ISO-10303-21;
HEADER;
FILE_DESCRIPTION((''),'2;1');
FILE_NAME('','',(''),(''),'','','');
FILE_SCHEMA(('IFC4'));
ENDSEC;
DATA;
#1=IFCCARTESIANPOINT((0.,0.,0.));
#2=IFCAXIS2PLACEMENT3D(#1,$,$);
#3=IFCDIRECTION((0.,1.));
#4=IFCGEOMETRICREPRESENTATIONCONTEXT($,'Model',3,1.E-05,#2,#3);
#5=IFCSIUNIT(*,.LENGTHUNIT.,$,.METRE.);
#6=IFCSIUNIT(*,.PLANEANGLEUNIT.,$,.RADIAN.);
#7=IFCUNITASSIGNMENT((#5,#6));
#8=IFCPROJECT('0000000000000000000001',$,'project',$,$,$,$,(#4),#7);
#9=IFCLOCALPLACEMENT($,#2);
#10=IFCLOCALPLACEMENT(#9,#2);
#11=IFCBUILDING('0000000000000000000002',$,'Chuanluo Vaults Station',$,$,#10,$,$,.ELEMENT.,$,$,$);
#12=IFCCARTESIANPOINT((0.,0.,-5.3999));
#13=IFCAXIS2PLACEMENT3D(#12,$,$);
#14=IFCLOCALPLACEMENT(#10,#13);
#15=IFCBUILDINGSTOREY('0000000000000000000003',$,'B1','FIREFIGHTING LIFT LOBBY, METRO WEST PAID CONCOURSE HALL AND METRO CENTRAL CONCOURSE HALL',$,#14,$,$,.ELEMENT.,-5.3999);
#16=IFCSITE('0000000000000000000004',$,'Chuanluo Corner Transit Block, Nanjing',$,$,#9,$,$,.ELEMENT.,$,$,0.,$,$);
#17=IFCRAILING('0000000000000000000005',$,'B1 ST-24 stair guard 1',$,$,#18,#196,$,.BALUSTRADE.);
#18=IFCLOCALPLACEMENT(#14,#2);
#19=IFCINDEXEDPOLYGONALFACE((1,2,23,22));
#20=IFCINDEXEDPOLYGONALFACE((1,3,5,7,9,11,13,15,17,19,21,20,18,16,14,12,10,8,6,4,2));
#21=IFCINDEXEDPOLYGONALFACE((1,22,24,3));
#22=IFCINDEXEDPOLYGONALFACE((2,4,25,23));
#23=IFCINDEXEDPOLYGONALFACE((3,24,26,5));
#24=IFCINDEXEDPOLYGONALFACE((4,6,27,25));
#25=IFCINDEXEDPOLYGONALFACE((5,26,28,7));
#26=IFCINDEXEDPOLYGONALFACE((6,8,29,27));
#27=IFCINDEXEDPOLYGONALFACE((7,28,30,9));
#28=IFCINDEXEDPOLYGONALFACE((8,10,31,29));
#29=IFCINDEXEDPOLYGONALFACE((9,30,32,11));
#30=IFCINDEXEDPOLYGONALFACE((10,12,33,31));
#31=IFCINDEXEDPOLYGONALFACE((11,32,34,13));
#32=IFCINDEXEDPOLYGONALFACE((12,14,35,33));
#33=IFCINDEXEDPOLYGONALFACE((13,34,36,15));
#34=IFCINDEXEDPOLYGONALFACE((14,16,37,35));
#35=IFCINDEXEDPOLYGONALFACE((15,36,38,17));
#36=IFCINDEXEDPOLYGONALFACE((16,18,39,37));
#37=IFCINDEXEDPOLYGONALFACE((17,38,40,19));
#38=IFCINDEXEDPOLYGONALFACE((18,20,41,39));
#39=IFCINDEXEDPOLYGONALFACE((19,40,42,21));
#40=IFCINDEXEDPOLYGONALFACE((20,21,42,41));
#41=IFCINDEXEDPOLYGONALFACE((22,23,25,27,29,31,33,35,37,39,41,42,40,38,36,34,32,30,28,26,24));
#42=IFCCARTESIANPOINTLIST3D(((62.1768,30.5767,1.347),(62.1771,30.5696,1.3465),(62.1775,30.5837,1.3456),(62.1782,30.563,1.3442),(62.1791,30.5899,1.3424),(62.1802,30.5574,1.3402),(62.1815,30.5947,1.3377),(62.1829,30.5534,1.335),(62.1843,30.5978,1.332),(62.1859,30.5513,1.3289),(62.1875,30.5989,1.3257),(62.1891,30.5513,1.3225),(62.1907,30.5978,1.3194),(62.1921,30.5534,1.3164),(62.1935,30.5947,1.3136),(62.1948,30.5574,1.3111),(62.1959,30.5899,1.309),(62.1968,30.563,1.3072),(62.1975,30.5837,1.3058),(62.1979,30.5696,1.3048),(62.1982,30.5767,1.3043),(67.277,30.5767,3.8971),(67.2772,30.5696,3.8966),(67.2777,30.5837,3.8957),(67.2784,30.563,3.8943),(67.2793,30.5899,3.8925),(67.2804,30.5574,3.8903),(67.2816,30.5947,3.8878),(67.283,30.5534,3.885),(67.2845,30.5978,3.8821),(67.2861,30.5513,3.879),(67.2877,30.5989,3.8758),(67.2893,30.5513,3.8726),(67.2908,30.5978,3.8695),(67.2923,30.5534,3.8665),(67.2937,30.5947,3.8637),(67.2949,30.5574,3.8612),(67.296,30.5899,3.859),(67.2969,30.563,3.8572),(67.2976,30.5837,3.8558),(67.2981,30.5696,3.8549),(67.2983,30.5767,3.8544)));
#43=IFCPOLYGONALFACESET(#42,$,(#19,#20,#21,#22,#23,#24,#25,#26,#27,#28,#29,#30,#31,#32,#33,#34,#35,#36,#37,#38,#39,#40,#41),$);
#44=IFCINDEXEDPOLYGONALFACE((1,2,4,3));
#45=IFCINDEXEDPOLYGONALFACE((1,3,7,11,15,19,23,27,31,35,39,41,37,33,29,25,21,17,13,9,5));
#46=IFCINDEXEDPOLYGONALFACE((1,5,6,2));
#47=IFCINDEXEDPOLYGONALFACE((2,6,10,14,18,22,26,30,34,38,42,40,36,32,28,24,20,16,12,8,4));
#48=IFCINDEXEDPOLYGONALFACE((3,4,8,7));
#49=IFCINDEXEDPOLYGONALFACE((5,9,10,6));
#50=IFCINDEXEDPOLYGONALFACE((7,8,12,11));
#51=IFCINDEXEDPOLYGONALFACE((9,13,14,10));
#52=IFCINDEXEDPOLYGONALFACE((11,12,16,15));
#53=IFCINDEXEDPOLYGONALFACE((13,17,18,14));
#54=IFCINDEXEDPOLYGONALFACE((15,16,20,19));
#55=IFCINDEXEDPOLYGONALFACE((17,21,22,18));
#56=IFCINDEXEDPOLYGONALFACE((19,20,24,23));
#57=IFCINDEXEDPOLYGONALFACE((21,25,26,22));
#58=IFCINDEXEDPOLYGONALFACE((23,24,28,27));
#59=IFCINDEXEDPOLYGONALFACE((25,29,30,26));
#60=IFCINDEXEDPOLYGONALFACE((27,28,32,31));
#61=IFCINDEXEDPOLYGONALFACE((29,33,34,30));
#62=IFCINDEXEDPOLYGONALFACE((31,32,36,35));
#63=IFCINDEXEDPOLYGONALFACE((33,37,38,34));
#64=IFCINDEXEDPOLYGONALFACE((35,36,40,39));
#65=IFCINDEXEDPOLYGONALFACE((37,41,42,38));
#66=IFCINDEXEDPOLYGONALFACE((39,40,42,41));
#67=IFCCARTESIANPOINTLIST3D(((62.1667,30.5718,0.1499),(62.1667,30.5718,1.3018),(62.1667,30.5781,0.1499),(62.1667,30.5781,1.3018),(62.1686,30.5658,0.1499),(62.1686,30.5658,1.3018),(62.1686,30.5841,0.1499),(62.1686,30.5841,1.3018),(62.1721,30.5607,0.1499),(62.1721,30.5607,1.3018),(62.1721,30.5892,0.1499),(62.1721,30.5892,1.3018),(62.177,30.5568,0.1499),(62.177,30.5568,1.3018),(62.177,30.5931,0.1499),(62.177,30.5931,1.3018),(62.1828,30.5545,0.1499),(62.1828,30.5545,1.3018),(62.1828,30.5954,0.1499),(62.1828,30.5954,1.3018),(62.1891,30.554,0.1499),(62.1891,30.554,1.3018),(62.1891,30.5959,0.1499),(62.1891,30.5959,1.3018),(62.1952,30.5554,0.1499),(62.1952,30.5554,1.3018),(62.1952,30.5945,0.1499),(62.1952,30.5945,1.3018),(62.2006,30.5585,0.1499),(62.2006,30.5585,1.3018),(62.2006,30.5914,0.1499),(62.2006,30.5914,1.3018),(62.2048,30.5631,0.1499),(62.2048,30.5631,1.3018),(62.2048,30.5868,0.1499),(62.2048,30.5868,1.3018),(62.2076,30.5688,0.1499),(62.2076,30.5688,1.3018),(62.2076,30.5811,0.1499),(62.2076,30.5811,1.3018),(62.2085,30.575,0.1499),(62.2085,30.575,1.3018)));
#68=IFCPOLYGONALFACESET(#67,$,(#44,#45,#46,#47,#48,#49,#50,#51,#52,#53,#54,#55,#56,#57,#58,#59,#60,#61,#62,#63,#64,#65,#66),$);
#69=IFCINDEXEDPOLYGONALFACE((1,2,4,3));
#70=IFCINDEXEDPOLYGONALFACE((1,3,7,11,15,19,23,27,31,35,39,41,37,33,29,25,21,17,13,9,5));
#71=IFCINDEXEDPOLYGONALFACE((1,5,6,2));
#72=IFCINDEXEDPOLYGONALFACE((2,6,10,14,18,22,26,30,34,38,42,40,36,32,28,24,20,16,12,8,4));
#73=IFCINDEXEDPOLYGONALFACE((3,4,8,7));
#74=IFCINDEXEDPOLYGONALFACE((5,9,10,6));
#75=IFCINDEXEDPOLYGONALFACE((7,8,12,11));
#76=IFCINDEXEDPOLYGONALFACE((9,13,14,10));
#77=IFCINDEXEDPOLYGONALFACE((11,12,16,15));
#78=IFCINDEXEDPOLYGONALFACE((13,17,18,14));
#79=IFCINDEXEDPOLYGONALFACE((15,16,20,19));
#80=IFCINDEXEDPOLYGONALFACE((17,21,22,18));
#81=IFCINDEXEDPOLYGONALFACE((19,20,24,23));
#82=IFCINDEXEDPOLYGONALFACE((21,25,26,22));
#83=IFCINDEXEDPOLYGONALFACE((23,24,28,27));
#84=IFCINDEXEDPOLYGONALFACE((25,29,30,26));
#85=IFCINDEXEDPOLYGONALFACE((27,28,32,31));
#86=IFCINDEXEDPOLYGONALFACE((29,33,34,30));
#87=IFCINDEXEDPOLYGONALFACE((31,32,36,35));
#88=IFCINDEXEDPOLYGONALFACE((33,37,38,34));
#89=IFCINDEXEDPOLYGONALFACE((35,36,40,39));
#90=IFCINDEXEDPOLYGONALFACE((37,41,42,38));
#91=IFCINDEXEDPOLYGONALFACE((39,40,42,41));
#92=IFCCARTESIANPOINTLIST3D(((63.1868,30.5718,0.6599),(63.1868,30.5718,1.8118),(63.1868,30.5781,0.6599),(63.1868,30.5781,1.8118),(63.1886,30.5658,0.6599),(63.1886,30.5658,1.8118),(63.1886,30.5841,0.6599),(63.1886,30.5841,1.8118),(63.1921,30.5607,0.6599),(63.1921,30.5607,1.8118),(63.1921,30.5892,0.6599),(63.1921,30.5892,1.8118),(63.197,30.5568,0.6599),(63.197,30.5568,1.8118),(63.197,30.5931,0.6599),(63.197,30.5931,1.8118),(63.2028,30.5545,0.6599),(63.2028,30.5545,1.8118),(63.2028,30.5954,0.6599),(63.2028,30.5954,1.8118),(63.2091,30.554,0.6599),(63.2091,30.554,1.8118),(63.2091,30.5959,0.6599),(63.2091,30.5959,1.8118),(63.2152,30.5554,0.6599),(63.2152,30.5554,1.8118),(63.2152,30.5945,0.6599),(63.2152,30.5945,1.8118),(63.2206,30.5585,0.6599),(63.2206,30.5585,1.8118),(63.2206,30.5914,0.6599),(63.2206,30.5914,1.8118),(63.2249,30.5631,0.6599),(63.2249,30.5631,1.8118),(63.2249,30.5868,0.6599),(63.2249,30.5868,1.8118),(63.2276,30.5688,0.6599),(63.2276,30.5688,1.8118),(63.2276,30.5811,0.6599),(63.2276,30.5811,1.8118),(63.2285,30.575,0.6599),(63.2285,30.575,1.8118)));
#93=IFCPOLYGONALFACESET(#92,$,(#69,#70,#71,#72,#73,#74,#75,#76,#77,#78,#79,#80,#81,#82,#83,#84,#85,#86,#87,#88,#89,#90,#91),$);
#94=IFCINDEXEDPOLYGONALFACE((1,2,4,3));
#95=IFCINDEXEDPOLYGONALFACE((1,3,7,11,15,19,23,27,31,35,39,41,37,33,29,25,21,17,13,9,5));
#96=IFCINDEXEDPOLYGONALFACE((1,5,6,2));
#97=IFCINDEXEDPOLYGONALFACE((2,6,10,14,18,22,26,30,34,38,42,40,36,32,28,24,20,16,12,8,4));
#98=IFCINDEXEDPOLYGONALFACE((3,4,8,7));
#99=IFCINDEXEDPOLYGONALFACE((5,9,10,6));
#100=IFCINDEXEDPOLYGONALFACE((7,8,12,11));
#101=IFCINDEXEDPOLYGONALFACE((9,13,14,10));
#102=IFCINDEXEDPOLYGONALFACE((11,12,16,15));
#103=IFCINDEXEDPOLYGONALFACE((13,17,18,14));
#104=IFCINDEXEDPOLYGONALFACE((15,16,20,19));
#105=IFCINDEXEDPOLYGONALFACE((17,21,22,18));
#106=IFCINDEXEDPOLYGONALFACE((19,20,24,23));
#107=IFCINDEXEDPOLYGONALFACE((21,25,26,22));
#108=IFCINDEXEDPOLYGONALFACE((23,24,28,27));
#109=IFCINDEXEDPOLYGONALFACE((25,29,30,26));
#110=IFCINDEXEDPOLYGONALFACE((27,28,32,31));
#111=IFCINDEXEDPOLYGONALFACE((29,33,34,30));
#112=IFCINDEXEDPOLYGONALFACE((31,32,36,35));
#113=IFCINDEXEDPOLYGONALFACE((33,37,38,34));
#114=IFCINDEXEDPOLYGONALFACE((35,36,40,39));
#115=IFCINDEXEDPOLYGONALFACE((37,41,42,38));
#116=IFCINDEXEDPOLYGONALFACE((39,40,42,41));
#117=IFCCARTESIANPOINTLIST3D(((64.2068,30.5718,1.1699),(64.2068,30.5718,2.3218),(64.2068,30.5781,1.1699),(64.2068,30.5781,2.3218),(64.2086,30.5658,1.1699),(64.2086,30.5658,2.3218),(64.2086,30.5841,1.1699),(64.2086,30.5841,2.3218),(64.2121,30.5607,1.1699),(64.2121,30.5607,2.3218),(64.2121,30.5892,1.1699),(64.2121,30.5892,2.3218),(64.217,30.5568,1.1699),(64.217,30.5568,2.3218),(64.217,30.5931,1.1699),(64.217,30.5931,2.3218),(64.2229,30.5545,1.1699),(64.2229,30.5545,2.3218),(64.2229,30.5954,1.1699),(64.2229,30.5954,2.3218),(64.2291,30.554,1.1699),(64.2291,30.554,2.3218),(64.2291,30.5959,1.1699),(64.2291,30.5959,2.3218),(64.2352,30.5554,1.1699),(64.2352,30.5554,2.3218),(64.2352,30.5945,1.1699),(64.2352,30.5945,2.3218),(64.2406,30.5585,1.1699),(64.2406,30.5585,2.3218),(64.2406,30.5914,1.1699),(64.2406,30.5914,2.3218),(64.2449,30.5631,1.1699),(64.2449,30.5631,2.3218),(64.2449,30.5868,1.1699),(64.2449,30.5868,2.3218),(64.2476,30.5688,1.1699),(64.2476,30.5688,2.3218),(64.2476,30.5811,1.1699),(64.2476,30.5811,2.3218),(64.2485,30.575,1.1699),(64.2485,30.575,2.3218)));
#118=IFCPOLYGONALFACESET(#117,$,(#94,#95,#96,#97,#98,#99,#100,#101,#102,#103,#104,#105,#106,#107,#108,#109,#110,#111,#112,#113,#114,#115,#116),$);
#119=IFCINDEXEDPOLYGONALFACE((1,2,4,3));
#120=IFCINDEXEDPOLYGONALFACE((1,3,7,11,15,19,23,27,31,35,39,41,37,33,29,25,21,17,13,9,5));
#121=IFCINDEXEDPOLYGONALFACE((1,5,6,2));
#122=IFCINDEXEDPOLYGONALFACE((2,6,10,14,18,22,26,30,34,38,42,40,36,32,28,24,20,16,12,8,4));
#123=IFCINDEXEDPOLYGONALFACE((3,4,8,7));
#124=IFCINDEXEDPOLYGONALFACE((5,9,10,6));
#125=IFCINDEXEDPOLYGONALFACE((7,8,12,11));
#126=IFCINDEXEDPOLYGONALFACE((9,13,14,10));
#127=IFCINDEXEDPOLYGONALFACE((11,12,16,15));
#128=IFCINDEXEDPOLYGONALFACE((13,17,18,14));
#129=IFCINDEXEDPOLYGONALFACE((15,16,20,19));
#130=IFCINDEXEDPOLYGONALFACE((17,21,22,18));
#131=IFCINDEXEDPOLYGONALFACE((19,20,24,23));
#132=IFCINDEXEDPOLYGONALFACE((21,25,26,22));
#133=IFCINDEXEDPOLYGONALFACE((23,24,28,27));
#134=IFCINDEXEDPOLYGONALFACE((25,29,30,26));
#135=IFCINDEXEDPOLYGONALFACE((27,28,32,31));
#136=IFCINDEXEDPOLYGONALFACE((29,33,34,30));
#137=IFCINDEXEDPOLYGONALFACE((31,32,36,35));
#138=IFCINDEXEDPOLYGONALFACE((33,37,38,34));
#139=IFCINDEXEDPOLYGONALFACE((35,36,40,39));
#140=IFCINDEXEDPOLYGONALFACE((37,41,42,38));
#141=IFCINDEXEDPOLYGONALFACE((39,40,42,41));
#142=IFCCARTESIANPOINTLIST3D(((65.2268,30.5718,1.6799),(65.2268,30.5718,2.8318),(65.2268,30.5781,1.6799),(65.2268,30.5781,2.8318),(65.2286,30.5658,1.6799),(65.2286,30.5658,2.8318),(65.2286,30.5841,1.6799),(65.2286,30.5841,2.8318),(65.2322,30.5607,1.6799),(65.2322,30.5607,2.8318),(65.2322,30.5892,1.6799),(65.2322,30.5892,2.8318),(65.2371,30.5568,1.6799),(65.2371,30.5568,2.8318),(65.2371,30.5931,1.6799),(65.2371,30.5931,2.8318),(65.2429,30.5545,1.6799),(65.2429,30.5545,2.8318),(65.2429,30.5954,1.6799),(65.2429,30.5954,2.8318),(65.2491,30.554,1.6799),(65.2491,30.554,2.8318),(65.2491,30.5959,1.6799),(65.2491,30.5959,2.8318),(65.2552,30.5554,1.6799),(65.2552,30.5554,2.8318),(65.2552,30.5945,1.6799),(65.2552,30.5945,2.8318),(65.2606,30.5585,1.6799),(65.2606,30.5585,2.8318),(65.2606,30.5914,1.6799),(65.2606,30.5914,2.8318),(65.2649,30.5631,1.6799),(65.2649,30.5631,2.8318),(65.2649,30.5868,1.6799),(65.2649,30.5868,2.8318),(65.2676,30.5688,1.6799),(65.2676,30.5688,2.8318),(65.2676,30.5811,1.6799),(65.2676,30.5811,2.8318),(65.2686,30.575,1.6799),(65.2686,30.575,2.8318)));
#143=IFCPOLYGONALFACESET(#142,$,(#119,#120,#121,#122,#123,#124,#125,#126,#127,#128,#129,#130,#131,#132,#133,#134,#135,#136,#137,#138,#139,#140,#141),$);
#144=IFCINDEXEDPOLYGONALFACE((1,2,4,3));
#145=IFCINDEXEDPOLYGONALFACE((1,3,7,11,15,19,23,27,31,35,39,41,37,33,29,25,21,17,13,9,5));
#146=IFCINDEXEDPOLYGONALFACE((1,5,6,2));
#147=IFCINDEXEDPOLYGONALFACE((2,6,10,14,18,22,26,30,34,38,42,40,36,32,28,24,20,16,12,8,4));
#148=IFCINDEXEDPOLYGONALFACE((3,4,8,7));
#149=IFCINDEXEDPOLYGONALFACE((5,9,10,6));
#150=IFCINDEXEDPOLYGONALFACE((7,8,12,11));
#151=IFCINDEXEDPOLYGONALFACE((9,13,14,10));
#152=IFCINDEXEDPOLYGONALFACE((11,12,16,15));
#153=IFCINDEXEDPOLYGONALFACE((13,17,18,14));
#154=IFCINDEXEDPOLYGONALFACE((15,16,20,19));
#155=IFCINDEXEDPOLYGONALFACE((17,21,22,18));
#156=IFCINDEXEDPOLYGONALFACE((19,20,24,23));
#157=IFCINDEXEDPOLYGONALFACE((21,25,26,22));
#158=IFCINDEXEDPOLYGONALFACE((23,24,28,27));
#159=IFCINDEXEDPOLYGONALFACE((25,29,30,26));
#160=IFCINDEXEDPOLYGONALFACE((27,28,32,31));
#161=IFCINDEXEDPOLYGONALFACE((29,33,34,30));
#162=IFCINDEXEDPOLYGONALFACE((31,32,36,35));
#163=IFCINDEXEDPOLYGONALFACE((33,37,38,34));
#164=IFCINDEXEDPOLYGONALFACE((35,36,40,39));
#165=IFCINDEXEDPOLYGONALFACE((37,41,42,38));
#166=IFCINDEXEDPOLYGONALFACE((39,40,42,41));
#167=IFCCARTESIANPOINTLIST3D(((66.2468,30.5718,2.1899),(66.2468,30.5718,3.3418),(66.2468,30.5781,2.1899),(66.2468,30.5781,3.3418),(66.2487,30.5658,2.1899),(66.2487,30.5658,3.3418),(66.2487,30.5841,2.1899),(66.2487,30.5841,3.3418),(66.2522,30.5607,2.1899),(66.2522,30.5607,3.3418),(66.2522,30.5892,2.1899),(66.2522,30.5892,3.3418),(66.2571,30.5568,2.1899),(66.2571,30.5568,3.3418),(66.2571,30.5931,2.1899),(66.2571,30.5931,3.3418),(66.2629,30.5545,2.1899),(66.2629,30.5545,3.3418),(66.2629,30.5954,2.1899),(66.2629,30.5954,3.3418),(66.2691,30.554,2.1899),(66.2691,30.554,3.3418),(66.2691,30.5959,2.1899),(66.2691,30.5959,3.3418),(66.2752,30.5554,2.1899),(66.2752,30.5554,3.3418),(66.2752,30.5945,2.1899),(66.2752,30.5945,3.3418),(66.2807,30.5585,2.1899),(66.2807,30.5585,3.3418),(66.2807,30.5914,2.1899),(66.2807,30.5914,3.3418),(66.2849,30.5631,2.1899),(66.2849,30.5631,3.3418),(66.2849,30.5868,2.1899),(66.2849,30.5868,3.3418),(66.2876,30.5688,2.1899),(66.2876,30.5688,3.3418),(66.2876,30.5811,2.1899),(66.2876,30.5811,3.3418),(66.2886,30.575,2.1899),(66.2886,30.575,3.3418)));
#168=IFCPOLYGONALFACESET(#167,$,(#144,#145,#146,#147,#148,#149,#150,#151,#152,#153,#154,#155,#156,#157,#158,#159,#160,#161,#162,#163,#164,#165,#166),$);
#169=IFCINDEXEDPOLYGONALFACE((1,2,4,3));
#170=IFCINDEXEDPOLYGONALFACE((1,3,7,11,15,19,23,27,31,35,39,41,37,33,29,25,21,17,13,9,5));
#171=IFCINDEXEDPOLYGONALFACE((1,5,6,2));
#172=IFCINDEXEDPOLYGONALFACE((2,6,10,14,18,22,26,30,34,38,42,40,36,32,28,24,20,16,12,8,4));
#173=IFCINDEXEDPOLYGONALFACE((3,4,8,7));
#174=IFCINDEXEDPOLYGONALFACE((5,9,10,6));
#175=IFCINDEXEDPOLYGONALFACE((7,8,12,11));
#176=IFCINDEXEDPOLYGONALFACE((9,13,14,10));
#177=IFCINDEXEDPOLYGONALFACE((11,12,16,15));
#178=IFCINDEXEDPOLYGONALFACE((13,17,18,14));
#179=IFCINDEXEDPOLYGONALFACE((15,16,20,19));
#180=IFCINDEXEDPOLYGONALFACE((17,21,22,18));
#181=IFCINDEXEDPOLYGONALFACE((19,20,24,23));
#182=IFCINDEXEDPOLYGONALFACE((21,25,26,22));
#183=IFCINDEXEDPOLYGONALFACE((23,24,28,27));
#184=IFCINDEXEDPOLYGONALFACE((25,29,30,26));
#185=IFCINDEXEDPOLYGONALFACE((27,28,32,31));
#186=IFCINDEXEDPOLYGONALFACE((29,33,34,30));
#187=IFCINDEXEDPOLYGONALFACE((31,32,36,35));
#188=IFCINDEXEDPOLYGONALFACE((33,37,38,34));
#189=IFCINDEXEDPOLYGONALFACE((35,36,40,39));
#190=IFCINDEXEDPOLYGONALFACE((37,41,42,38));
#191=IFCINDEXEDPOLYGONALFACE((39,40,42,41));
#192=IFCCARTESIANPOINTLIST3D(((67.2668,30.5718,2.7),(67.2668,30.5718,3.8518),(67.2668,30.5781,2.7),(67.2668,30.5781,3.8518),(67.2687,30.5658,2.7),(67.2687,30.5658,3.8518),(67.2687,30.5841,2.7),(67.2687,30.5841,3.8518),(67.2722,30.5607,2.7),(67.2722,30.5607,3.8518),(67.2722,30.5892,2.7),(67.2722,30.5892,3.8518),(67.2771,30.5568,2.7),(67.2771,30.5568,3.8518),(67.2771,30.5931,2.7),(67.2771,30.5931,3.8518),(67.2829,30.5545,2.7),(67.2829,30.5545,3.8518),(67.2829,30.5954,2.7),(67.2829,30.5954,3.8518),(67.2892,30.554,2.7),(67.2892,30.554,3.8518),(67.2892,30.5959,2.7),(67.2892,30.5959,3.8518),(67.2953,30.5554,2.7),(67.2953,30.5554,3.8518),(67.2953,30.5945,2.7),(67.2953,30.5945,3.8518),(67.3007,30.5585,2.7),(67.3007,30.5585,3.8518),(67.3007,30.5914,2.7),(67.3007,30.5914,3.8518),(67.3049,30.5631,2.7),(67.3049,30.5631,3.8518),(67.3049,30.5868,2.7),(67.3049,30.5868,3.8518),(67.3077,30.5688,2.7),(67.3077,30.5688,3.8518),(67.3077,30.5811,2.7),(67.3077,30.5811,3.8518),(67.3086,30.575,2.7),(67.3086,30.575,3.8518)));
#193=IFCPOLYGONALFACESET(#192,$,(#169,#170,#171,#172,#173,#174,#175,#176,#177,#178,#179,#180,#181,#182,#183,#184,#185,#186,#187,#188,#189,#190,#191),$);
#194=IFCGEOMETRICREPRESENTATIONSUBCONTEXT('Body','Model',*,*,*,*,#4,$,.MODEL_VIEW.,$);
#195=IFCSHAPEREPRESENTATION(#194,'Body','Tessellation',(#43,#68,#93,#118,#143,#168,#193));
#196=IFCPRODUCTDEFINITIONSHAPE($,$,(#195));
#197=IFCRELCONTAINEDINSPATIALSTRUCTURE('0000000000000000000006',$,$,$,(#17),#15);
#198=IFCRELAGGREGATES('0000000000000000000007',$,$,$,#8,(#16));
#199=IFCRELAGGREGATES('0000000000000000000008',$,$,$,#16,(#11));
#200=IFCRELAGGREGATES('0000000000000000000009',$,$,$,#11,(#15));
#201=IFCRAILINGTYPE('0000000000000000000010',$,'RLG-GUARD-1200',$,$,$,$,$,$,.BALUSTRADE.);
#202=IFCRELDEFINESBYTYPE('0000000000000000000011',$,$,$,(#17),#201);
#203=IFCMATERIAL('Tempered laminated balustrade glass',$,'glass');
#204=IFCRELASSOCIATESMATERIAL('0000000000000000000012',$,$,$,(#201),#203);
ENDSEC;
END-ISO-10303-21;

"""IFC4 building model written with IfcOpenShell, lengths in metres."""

from ifc_helpers import new_model, si_unit, direction, frame, origin, origin_2d, place, context, subcontext, project, spatial, circle, extrude, material, type_object, element, save


model = new_model("IFC4")

# Units and contexts
model_context = context("Model", 3, precision=1e-05, world=origin(), true_north=direction((0.0, 1.0)))
body_context = subcontext(model_context, "Body", "Model", "MODEL_VIEW")
ifc_project = project(units=[si_unit("LENGTHUNIT", "METRE"), si_unit("PLANEANGLEUNIT", "RADIAN")], contexts=[model_context])

# Site, building, storey
site_placement = place(None, origin())
site = spatial("IfcSite", under=ifc_project, at=site_placement, Name="Chuanluo Corner Transit Block, Nanjing", CompositionType="ELEMENT", RefElevation=0.0)
building_placement = place(site_placement, origin())
building = spatial("IfcBuilding", under=site, at=building_placement, Name="Chuanluo Vaults Station", CompositionType="ELEMENT")
storey_placement = place(building_placement, frame((0.0, 0.0, -5.3999)))
storey = spatial("IfcBuildingStorey", under=building, at=storey_placement, Name="B1", Description="FIREFIGHTING LIFT LOBBY, METRO WEST PAID CONCOURSE HALL AND METRO CENTRAL CONCOURSE HALL", CompositionType="ELEMENT", Elevation=-5.3999)

# Railing
ifc_material_1 = material(Name="Tempered laminated balustrade glass", Category="glass")
railing_type_1 = type_object("IfcRailingType", Name="RLG-GUARD-1200", PredefinedType="BALUSTRADE", material=ifc_material_1)
railing_1_placement = place(storey_placement, frame((62.1875, 30.575, 0.1499)))
element("IfcRailing", 1, at=railing_1_placement, inside=storey, type_object=railing_type_1, Name="B1 ST-24 stair guard 1", PredefinedType="BALUSTRADE", context=body_context, shape_type="SweptSolid", body=[
    extrude(circle(Radius=0.0239, at=origin_2d()), frame((0.0, 0.0, 1.1758), z_axis=(0.894427, 0.0, 0.447214), x_axis=(0.0, 1.0, 0.0)), (0.0, 0.0, 1.0), 5.7021),
    extrude(circle(Radius=0.021, at=origin_2d()), origin(), (0.0, 0.0, 1.0), 1.1519),
    extrude(circle(Radius=0.021, at=origin_2d()), frame((1.02, 0.0, 0.51)), (0.0, 0.0, 1.0), 1.1519),
    extrude(circle(Radius=0.021, at=origin_2d()), frame((2.04, 0.0, 1.02)), (0.0, 0.0, 1.0), 1.1519),
    extrude(circle(Radius=0.021, at=origin_2d()), frame((3.0601, 0.0, 1.53)), (0.0, 0.0, 1.0), 1.1519),
    extrude(circle(Radius=0.021, at=origin_2d()), frame((4.0801, 0.0, 2.04)), (0.0, 0.0, 1.0), 1.1519),
    extrude(circle(Radius=0.021, at=origin_2d()), frame((5.1001, 0.0, 2.55)), (0.0, 0.0, 1.0), 1.1519),
])

save(model, "model.ifc")
